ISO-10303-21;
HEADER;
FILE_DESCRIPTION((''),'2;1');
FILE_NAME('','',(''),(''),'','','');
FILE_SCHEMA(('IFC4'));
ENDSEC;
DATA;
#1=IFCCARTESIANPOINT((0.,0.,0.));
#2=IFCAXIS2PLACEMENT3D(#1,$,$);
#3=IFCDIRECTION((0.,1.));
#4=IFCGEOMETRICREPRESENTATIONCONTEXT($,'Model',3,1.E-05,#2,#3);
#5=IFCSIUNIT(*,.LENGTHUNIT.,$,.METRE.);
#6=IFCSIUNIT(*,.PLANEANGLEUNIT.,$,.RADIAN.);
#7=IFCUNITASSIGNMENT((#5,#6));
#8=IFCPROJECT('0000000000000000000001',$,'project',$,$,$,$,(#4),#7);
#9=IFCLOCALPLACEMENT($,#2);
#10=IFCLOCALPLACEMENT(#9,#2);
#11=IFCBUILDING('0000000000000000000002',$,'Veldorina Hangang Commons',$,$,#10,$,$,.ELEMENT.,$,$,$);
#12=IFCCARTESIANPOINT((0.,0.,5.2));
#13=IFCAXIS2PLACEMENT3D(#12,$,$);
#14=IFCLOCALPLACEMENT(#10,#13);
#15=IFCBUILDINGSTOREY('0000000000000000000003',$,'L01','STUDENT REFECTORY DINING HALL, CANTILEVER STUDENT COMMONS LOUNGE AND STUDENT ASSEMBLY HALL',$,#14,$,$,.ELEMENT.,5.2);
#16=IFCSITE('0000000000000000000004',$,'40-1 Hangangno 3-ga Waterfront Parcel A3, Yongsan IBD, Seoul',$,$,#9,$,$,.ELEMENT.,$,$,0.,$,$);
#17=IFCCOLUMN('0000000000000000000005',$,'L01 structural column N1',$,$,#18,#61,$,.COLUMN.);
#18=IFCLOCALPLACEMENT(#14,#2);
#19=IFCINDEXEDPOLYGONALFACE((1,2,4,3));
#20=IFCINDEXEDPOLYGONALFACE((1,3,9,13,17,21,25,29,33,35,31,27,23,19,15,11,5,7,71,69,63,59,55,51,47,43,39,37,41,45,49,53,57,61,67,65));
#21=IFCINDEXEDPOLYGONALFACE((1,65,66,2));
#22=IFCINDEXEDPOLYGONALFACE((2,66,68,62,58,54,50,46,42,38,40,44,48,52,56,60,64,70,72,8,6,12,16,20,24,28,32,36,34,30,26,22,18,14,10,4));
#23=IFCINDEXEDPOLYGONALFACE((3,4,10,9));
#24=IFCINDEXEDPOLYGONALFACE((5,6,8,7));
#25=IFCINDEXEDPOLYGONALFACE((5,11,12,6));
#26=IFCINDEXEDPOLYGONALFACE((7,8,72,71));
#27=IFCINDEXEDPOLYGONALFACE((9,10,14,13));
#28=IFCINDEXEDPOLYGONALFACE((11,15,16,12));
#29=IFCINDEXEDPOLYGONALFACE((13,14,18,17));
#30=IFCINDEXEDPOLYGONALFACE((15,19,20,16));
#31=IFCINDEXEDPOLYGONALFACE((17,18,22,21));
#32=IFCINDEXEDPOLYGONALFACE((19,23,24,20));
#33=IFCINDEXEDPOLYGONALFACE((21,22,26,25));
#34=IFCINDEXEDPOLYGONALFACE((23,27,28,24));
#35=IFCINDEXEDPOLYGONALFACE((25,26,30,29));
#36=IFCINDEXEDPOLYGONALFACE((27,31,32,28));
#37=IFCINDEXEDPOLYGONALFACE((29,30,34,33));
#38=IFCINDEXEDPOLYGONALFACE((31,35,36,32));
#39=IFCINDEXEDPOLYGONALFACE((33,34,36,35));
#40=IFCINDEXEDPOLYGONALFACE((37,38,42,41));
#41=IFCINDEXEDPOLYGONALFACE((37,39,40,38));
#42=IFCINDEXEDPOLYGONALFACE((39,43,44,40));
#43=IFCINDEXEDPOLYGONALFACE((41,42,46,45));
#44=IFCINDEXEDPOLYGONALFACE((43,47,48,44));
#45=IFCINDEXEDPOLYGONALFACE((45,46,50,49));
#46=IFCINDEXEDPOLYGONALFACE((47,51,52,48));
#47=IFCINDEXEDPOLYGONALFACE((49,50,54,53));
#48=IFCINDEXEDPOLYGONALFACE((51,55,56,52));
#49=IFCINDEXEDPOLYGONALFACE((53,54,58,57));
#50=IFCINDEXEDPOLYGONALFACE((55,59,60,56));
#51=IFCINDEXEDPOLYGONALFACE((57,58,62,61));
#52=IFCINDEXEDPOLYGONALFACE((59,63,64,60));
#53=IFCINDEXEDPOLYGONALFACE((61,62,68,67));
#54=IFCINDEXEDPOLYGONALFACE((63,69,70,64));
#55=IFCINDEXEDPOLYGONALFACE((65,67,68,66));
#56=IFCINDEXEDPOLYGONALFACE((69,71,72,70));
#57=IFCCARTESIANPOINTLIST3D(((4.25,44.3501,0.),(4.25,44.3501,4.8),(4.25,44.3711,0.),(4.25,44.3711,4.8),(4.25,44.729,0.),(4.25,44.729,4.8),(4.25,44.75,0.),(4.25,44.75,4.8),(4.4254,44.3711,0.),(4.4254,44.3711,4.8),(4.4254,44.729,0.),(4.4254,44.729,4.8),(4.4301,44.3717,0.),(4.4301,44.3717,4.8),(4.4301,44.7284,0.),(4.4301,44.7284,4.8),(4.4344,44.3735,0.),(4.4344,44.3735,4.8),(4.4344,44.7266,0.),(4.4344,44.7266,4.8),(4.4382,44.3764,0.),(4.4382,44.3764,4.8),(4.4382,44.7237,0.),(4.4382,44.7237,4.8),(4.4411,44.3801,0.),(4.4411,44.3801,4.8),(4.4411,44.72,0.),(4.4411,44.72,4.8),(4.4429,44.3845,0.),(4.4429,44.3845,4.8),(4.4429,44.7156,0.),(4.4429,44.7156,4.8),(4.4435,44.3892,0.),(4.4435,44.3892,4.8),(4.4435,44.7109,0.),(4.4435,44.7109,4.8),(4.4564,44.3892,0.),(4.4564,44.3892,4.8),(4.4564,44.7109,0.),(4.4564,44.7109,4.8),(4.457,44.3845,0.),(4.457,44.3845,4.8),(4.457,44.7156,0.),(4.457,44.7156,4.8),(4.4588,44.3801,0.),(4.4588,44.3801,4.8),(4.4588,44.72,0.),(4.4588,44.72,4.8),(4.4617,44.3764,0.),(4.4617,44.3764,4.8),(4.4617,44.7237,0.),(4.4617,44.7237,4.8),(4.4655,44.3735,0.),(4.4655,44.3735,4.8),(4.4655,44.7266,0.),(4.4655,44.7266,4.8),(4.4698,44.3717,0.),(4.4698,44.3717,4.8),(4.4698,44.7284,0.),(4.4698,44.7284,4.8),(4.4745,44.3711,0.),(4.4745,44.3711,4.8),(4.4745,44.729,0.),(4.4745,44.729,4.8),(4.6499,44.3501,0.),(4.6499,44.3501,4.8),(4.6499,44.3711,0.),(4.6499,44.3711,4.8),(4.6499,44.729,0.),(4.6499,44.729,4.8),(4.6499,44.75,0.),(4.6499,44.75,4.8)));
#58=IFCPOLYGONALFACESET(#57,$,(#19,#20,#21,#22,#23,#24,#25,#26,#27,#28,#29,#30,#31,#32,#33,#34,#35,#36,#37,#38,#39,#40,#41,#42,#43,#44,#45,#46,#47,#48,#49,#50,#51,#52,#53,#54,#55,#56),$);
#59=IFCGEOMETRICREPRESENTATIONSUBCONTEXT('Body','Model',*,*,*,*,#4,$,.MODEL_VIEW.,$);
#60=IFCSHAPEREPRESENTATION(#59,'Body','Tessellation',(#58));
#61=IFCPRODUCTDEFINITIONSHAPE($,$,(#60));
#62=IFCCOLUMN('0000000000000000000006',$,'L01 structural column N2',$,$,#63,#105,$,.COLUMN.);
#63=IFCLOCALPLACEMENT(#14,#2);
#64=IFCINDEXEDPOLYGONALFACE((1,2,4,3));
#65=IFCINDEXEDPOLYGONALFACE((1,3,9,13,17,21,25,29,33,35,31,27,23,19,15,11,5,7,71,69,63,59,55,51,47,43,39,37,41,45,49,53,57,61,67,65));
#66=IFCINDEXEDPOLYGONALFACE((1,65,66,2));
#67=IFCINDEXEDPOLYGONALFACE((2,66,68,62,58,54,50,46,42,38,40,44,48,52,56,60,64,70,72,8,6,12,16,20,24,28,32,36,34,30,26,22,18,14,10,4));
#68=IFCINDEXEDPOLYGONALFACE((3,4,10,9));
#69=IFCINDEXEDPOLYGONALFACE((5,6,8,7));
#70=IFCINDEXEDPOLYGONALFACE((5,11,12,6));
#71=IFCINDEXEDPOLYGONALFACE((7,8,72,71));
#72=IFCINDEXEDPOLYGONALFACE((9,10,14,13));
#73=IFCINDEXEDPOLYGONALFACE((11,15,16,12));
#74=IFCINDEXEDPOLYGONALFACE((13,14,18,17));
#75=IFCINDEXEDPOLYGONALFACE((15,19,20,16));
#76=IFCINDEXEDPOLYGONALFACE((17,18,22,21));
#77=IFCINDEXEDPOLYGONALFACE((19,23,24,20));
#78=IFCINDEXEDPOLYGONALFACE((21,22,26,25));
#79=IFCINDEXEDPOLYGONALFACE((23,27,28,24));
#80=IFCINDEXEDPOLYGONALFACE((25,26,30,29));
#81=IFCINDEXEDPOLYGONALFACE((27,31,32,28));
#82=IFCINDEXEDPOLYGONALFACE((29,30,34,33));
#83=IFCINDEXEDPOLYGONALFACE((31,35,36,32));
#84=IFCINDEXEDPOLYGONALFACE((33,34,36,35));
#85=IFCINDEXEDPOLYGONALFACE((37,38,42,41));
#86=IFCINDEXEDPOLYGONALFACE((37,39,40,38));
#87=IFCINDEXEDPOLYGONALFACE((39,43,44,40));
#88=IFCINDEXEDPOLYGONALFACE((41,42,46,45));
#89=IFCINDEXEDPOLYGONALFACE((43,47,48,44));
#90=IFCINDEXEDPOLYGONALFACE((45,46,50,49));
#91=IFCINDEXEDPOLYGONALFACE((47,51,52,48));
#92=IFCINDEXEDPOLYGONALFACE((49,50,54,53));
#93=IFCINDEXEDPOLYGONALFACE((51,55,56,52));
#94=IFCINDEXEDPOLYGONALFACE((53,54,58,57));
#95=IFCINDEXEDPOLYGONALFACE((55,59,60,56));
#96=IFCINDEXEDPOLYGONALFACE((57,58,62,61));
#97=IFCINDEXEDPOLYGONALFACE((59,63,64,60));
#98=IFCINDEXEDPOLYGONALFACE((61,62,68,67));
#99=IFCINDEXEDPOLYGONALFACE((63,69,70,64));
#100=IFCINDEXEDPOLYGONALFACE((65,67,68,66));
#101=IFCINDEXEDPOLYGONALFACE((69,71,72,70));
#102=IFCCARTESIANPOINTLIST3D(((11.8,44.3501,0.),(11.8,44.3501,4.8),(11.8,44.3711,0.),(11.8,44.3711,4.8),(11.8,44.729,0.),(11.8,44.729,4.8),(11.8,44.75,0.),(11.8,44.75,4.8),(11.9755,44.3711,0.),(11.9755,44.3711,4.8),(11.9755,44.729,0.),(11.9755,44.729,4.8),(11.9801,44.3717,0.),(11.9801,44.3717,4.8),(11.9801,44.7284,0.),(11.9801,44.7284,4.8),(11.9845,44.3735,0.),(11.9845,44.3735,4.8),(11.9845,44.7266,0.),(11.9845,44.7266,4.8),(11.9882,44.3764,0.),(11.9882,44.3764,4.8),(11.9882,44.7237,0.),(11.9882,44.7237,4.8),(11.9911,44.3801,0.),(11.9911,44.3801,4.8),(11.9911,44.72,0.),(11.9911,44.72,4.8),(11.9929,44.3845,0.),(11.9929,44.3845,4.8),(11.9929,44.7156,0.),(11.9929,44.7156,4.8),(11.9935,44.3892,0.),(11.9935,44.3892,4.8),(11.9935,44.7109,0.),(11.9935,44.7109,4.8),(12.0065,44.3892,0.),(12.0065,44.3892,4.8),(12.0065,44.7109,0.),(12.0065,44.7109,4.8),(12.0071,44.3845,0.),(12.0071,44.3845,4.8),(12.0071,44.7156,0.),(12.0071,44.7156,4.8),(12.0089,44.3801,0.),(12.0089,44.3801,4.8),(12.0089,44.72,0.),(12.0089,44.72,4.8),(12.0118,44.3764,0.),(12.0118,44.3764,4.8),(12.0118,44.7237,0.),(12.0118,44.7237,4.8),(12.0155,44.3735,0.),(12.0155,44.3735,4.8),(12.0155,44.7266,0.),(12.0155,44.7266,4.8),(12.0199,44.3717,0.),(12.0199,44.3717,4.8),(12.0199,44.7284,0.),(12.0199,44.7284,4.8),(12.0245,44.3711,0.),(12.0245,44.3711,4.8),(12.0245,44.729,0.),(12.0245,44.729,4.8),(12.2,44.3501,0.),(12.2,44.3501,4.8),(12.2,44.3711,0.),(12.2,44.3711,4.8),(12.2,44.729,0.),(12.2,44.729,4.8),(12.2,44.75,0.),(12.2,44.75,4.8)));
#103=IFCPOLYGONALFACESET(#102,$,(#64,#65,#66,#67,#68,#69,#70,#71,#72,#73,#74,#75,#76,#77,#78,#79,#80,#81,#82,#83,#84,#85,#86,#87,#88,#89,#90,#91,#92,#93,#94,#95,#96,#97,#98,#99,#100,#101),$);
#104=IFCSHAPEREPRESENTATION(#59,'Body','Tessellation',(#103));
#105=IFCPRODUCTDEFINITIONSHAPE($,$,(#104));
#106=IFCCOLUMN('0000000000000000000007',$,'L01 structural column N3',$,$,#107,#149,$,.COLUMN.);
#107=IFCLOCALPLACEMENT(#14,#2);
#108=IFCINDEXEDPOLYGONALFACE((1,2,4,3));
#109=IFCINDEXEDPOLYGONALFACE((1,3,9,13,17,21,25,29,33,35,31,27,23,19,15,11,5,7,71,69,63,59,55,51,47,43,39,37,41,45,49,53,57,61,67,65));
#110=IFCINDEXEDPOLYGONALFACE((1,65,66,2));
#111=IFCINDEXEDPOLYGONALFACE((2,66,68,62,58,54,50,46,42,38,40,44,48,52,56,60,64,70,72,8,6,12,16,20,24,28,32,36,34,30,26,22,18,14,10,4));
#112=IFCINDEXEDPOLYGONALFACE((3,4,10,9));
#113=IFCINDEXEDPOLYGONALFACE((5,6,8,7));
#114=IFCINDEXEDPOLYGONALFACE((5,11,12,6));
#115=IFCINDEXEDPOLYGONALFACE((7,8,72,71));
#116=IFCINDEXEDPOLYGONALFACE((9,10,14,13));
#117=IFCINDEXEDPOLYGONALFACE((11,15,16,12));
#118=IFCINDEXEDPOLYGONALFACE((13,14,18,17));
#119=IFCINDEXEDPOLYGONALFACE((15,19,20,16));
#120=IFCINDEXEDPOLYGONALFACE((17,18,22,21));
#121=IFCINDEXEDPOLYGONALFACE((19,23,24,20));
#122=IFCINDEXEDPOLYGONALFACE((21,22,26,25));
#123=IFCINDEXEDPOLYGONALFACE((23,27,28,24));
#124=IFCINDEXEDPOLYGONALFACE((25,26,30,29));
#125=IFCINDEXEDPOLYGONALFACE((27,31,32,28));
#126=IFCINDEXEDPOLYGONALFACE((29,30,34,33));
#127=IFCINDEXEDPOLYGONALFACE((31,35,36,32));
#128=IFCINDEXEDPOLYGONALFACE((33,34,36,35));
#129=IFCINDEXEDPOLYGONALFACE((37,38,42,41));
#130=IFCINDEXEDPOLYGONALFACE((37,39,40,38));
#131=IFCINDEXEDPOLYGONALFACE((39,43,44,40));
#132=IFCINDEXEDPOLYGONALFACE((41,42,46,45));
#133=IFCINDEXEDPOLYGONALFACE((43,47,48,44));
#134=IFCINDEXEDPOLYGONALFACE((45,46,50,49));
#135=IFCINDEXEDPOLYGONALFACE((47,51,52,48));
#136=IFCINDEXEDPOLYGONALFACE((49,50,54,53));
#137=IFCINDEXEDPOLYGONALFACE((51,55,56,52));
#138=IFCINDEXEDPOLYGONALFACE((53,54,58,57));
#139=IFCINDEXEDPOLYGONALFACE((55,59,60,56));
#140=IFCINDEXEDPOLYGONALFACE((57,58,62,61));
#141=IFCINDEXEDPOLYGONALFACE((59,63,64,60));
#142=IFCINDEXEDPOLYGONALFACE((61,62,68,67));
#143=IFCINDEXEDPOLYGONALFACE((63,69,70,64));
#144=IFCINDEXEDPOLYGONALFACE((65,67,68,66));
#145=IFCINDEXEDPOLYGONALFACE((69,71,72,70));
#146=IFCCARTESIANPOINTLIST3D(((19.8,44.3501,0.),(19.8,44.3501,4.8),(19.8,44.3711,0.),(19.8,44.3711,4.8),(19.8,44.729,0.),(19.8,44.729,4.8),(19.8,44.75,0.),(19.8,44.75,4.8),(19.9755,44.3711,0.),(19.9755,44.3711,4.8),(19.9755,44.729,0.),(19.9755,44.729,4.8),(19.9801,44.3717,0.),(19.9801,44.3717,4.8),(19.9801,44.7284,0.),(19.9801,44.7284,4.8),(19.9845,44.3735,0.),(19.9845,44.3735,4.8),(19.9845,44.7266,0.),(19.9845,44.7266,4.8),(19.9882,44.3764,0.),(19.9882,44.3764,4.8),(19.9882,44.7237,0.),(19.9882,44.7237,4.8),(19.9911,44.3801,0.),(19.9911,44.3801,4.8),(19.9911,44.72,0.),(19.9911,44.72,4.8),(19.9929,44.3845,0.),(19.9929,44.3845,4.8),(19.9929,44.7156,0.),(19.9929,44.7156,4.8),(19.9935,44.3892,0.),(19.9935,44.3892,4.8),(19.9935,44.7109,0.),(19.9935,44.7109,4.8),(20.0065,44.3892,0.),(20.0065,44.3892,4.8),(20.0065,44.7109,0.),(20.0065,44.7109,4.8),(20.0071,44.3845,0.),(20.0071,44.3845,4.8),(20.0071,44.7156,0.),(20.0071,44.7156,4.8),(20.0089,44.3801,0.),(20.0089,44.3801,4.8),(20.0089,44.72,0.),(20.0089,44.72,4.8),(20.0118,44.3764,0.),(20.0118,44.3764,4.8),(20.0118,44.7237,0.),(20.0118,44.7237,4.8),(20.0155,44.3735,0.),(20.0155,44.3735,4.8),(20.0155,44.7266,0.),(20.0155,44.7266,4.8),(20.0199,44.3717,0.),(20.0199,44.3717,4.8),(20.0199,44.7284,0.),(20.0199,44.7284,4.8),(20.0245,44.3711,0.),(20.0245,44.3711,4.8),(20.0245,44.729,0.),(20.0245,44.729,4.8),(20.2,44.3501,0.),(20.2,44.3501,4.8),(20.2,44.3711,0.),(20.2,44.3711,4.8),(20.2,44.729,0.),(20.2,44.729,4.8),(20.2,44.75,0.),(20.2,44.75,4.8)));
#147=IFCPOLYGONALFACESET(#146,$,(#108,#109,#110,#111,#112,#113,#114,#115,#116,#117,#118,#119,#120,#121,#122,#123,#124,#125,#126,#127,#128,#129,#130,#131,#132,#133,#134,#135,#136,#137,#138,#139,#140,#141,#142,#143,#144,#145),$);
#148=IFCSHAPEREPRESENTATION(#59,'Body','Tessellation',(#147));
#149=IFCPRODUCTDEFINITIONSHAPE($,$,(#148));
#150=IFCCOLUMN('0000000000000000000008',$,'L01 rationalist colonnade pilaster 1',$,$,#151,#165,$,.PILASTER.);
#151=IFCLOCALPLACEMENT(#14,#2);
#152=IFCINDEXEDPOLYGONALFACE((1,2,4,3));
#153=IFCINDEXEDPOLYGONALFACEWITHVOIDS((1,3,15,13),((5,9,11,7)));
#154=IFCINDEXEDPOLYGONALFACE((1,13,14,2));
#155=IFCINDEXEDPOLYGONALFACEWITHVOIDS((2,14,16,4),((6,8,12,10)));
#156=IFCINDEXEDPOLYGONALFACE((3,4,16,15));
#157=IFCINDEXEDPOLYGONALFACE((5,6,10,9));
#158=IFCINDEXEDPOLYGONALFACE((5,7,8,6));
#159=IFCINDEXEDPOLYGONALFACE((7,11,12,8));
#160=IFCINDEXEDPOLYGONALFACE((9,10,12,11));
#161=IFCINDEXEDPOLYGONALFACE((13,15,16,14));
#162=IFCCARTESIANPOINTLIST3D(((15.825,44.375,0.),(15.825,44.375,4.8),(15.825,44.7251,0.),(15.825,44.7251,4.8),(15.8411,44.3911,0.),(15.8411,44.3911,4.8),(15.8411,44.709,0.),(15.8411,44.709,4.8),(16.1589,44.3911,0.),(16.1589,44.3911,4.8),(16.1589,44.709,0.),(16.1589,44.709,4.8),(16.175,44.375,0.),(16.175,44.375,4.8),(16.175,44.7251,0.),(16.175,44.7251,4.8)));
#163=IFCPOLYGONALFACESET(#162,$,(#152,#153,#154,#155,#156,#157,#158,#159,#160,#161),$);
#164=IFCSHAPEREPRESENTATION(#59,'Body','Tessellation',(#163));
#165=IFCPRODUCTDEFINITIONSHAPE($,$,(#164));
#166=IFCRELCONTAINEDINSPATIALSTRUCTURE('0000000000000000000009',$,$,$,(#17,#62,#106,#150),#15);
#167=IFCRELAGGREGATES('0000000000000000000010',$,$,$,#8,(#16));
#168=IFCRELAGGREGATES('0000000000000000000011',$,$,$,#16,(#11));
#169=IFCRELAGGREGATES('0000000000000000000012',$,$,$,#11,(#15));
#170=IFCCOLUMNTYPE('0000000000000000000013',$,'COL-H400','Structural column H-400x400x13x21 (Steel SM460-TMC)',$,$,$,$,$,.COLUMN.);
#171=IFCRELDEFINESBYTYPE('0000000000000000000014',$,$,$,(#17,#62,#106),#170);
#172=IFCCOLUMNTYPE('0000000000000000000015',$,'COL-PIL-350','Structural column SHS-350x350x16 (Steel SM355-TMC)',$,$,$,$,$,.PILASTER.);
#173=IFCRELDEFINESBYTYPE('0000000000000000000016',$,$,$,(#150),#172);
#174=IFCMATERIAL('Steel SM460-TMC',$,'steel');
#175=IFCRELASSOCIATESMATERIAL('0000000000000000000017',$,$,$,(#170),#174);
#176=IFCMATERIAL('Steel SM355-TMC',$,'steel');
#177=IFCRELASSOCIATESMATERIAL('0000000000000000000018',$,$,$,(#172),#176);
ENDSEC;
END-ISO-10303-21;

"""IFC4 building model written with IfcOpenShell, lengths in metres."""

from ifc_helpers import new_model, si_unit, direction, frame, origin, origin_2d, place, context, subcontext, project, spatial, hollow_rectangle, i_section, extrude, material, material_profile, profile_set, type_object, element, save


model = new_model("IFC4")

# Units and contexts
model_context = context("Model", 3, precision=1e-05, world=origin(), true_north=direction((0.0, 1.0)))
body_context = subcontext(model_context, "Body", "Model", "MODEL_VIEW")
ifc_project = project(units=[si_unit("LENGTHUNIT", "METRE"), si_unit("PLANEANGLEUNIT", "RADIAN")], contexts=[model_context])

# Site, building, storey
site_placement = place(None, origin())
site = spatial("IfcSite", under=ifc_project, at=site_placement, Name="40-1 Hangangno 3-ga Waterfront Parcel A3, Yongsan IBD, Seoul", CompositionType="ELEMENT", RefElevation=0.0)
building_placement = place(site_placement, origin())
building = spatial("IfcBuilding", under=site, at=building_placement, Name="Veldorina Hangang Commons", CompositionType="ELEMENT")
storey_placement = place(building_placement, frame((0.0, 0.0, 5.2)))
storey = spatial("IfcBuildingStorey", under=building, at=storey_placement, Name="L01", Description="STUDENT REFECTORY DINING HALL, CANTILEVER STUDENT COMMONS LOUNGE AND STUDENT ASSEMBLY HALL", CompositionType="ELEMENT", Elevation=5.2)

# Columns
ifc_material_1 = material(Name="Steel SM460-TMC", Category="steel")
ifc_material_profile_1 = material_profile(ifc_material_1, i_section(OverallWidth=0.3999, OverallDepth=0.3999, WebThickness=0.0129, FlangeThickness=0.021, FilletRadius=0.0181, at=origin_2d()), Name="H-400x400x13x21")
ifc_profile_set_1 = profile_set([ifc_material_profile_1], Name="Steel SM460-TMC")
column_type_1 = type_object("IfcColumnType", Name="COL-H400", Description="Structural column H-400x400x13x21 (Steel SM460-TMC)", PredefinedType="COLUMN", material=ifc_profile_set_1)
for number, where, z_axis, x_axis, name in (
    (1, (4.45, 44.55, 0.0), (0.0, 0.0, 1.0), (1.0, 0.0, 0.0), "L01 structural column N1"),
    (2, (12.0, 44.55, 0.0), (0.0, 0.0, 1.0), (1.0, 0.0, 0.0), "L01 structural column N2"),
    (3, (20.0, 44.55, 0.0), (0.0, 0.0, 1.0), (1.0, 0.0, 0.0), "L01 structural column N3"),
):
    element("IfcColumn", number, at=place(storey_placement, frame(where, z_axis=z_axis, x_axis=x_axis)), inside=storey, type_object=column_type_1, Name=name, PredefinedType="COLUMN", context=body_context, shape_type="SweptSolid", body=[
        extrude(i_section(OverallWidth=0.3999, OverallDepth=0.3999, WebThickness=0.0129, FlangeThickness=0.021, FilletRadius=0.0181, at=origin_2d()), origin(), (0.0, 0.0, 1.0), 4.8),
    ])
ifc_material_2 = material(Name="Steel SM355-TMC", Category="steel")
ifc_material_profile_2 = material_profile(ifc_material_2, hollow_rectangle(XDim=0.3501, YDim=0.3501, WallThickness=0.0161, at=origin_2d()), Name="SHS-350x350x16")
ifc_profile_set_2 = profile_set([ifc_material_profile_2], Name="Steel SM355-TMC")
column_type_2 = type_object("IfcColumnType", Name="COL-PIL-350", Description="Structural column SHS-350x350x16 (Steel SM355-TMC)", PredefinedType="PILASTER", material=ifc_profile_set_2)
column_placement = place(storey_placement, frame((16.0, 44.55, 0.0), z_axis=(0.0, 0.0, 1.0), x_axis=(1.0, 0.0, 0.0)))
element("IfcColumn", 4, at=column_placement, inside=storey, type_object=column_type_2, Name="L01 rationalist colonnade pilaster 1", PredefinedType="PILASTER", context=body_context, shape_type="SweptSolid", body=[
    extrude(hollow_rectangle(XDim=0.3501, YDim=0.3501, WallThickness=0.0161, at=origin_2d()), origin(), (0.0, 0.0, 1.0), 4.8),
])

save(model, "model.ifc")
